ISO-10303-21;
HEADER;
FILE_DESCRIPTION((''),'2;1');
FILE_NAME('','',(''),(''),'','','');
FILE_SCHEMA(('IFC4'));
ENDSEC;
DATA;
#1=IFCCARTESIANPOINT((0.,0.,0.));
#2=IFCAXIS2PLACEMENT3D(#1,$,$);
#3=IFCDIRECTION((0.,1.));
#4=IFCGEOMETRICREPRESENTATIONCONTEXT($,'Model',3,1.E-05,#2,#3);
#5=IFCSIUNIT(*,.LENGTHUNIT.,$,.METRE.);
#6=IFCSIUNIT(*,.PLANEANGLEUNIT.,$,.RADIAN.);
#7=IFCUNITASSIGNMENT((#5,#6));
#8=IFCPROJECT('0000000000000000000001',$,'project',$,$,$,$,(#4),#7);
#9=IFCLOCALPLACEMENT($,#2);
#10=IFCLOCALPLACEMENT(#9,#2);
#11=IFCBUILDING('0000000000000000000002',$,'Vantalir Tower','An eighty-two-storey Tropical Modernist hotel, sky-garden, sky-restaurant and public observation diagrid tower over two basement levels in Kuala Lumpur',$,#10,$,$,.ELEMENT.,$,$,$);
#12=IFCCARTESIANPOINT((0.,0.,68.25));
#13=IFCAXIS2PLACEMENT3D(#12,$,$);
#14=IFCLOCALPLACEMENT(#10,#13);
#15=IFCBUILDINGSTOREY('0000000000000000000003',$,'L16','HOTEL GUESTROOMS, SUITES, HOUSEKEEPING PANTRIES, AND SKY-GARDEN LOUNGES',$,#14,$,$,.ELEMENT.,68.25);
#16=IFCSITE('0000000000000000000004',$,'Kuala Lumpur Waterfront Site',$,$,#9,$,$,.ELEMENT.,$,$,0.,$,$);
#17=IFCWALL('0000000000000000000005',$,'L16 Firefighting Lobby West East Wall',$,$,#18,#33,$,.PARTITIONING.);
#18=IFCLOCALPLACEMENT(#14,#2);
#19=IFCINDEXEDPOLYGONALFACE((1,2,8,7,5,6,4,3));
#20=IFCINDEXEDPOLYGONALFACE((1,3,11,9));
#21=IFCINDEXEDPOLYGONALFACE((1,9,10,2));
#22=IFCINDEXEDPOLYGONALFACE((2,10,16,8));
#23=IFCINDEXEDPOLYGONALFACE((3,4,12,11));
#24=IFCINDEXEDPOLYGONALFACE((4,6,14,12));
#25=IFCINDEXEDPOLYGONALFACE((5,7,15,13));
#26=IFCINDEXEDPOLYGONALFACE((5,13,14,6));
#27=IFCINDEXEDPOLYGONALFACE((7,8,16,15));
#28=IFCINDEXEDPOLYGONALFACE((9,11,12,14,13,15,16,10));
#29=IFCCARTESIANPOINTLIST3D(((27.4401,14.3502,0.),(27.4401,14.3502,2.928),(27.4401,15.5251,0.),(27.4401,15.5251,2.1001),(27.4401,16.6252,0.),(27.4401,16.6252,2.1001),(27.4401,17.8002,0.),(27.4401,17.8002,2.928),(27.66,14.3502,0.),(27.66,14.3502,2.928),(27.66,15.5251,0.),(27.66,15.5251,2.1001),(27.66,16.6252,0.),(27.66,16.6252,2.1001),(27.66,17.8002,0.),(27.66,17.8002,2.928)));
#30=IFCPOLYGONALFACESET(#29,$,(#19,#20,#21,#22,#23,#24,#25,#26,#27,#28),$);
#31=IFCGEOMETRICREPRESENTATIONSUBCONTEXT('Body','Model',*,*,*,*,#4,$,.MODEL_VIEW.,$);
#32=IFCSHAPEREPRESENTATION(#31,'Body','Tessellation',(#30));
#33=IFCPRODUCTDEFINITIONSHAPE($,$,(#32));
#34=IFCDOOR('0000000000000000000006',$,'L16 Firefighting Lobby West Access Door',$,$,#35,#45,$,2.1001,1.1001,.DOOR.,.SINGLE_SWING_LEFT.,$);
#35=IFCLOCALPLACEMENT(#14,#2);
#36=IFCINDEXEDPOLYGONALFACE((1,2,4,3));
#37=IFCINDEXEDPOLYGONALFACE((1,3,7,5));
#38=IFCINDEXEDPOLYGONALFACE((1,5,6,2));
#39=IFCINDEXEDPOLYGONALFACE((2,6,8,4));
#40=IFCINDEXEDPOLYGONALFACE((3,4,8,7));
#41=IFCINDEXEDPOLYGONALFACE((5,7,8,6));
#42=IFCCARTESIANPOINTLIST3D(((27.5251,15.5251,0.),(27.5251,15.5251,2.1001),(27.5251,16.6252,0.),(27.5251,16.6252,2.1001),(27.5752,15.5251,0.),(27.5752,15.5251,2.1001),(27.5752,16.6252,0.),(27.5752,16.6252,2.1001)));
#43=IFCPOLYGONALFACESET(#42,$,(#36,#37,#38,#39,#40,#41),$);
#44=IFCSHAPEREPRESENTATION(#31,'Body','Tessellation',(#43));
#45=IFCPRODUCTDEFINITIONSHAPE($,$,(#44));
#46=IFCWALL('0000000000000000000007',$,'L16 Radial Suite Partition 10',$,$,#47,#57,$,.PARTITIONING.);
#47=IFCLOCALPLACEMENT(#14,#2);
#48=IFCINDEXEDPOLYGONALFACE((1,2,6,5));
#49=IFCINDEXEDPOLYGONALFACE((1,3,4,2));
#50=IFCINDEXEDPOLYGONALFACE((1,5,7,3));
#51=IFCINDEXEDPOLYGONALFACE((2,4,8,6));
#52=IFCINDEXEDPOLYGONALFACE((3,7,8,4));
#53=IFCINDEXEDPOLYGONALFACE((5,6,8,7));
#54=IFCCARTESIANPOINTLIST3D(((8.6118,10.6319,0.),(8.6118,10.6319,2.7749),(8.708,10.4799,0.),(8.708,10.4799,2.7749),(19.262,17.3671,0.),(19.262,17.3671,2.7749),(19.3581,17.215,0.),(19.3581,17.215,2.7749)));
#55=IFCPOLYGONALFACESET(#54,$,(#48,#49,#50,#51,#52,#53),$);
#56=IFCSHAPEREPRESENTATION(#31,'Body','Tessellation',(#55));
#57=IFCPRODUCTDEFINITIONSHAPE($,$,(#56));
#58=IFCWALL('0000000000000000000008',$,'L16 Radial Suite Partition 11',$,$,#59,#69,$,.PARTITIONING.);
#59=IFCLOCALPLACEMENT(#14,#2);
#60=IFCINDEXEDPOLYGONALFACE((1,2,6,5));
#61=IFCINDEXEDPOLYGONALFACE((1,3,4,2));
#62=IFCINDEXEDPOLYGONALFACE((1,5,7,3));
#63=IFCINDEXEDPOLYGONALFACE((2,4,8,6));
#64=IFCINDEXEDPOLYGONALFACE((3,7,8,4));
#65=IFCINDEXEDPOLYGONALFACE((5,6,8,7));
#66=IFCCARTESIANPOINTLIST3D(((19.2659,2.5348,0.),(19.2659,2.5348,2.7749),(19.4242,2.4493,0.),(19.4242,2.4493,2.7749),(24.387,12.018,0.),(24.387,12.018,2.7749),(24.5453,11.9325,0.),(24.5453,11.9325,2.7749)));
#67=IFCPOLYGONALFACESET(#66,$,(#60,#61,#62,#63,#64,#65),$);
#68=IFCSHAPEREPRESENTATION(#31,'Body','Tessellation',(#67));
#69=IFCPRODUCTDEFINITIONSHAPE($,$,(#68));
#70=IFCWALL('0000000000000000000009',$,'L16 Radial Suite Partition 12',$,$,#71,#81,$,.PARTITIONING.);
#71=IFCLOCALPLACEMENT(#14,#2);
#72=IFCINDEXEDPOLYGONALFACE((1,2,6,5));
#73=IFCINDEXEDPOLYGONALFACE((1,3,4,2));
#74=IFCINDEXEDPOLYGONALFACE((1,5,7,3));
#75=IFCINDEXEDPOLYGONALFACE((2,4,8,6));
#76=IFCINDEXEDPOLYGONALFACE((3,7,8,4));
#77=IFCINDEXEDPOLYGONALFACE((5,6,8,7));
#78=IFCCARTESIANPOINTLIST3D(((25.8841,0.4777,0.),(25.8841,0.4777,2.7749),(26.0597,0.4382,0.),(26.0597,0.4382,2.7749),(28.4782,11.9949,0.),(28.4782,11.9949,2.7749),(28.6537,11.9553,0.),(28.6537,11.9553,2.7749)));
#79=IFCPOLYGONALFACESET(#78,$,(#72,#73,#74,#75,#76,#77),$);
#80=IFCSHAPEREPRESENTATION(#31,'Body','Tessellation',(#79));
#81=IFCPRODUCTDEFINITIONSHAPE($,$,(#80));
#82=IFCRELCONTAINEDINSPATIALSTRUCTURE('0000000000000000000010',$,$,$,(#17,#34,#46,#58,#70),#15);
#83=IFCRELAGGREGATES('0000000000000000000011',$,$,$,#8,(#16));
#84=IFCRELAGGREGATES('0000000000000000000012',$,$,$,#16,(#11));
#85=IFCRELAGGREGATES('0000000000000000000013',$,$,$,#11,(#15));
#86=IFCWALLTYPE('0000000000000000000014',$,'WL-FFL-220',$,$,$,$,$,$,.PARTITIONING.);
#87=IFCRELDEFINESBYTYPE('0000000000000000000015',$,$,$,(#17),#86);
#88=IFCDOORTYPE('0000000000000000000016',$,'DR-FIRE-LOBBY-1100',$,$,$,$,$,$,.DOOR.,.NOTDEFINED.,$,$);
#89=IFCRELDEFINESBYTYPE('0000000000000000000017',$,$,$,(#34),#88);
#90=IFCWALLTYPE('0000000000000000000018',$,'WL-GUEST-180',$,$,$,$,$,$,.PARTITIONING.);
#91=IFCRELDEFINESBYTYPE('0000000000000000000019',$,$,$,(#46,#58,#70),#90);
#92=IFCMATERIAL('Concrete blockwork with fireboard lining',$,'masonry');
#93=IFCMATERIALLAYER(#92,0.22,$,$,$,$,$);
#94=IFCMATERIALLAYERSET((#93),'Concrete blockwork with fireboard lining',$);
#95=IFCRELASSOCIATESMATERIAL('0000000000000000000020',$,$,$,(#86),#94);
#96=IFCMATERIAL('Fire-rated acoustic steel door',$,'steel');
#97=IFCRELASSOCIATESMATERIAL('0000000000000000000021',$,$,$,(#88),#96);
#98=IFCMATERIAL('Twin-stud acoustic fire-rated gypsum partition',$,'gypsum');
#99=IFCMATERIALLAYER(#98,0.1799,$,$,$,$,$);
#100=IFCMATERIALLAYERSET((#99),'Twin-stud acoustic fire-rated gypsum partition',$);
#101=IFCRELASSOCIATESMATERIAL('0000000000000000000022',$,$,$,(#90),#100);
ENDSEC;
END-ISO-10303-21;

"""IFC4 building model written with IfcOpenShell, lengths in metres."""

from ifc_helpers import new_model, si_unit, direction, frame, frame_2d, origin, place, context, subcontext, project, spatial, rectangle, extrude, material, layer, layer_set, type_object, element, fill, save


model = new_model("IFC4")

# Units and contexts
model_context = context("Model", 3, precision=1e-05, world=origin(), true_north=direction((0.0, 1.0)))
body_context = subcontext(model_context, "Body", "Model", "MODEL_VIEW")
ifc_project = project(units=[si_unit("LENGTHUNIT", "METRE"), si_unit("PLANEANGLEUNIT", "RADIAN")], contexts=[model_context])

# Site, building, storey
site_placement = place(None, origin())
site = spatial("IfcSite", under=ifc_project, at=site_placement, Name="Kuala Lumpur Waterfront Site", CompositionType="ELEMENT", RefElevation=0.0)
building_placement = place(site_placement, origin())
building = spatial("IfcBuilding", under=site, at=building_placement, Name="Vantalir Tower", Description="An eighty-two-storey Tropical Modernist hotel, sky-garden, sky-restaurant and public observation diagrid tower over two basement levels in Kuala Lumpur", CompositionType="ELEMENT")
storey_placement = place(building_placement, frame((0.0, 0.0, 68.25)))
storey = spatial("IfcBuildingStorey", under=building, at=storey_placement, Name="L16", Description="HOTEL GUESTROOMS, SUITES, HOUSEKEEPING PANTRIES, AND SKY-GARDEN LOUNGES", CompositionType="ELEMENT", Elevation=68.25)

# Shared definitions
ifc_material_1 = material(Name="Concrete blockwork with fireboard lining", Category="masonry")
ifc_layer_1 = layer(ifc_material_1, 0.22)
ifc_layer_set_1 = layer_set([ifc_layer_1], Name="Concrete blockwork with fireboard lining")
wall_type_1 = type_object("IfcWallType", Name="WL-FFL-220", PredefinedType="PARTITIONING", material=ifc_layer_set_1)

# Wall, opening, door
wall_1_placement = place(storey_placement, frame((27.55, 14.3501, 0.0), z_axis=(0.0, 0.0, 1.0), x_axis=(0.0, 1.0, 0.0)))
wall_1 = element("IfcWall", 1, at=wall_1_placement, inside=storey, type_object=wall_type_1, Name="L16 Firefighting Lobby West East Wall", PredefinedType="PARTITIONING", context=body_context, shape_type="SweptSolid", body=[
    extrude(rectangle(XDim=3.45, YDim=0.22, at=frame_2d((1.7251, 0.0))), origin(), (0.0, 0.0, 1.0), 2.928),
])
opening_1_placement = place(wall_1_placement, frame((1.175, 0.0, 0.0)))
opening_1 = element("IfcOpeningElement", 2, at=opening_1_placement, cuts=wall_1, PredefinedType="OPENING", context=body_context, shape_type="SweptSolid", body=[
    extrude(rectangle(XDim=1.1001, YDim=2.1001, at=frame_2d((0.55, 1.05))), frame((0.0, 0.1199, 0.0), z_axis=(0.0, -1.0, 0.0), x_axis=(1.0, 0.0, 0.0)), (0.0, 0.0, 1.0), 0.24),
])
ifc_material_2 = material(Name="Fire-rated acoustic steel door", Category="steel")
door_type_1 = type_object("IfcDoorType", Name="DR-FIRE-LOBBY-1100", OperationType="NOTDEFINED", PredefinedType="DOOR", material=ifc_material_2)
door_1_placement = place(opening_1_placement, origin())
door_1 = element("IfcDoor", 3, at=door_1_placement, inside=storey, type_object=door_type_1, Name="L16 Firefighting Lobby West Access Door", OperationType="SINGLE_SWING_LEFT", OverallHeight=2.1001, OverallWidth=1.1001, PredefinedType="DOOR", context=body_context, shape_type="SweptSolid", body=[
    extrude(rectangle(XDim=1.1001, YDim=2.1001, at=frame_2d((0.55, 1.05))), frame((0.0, 0.0249, 0.0), z_axis=(0.0, -1.0, 0.0), x_axis=(1.0, 0.0, 0.0)), (0.0, 0.0, 1.0), 0.05),
])
fill(opening_1, door_1)

# Walls
ifc_material_3 = material(Name="Twin-stud acoustic fire-rated gypsum partition", Category="gypsum")
ifc_layer_2 = layer(ifc_material_3, 0.1799)
ifc_layer_set_2 = layer_set([ifc_layer_2], Name="Twin-stud acoustic fire-rated gypsum partition")
wall_type_2 = type_object("IfcWallType", Name="WL-GUEST-180", PredefinedType="PARTITIONING", material=ifc_layer_set_2)
wall_2_placement = place(storey_placement, frame((19.3101, 17.291, 0.0), z_axis=(0.0, 0.0, 1.0), x_axis=(-0.845177, -0.534486, 0.0)))
element("IfcWall", 4, at=wall_2_placement, inside=storey, type_object=wall_type_2, Name="L16 Radial Suite Partition 10", PredefinedType="PARTITIONING", context=body_context, shape_type="SweptSolid", body=[
    extrude(rectangle(XDim=12.6011, YDim=0.1799, at=frame_2d((6.3005, 0.0))), origin(), (0.0, 0.0, 1.0), 2.7749),
])
wall_3_placement = place(storey_placement, frame((24.4661, 11.9751, 0.0), z_axis=(0.0, 0.0, 1.0), x_axis=(-0.475163, -0.879898, 0.0)))
element("IfcWall", 5, at=wall_3_placement, inside=storey, type_object=wall_type_2, Name="L16 Radial Suite Partition 11", PredefinedType="PARTITIONING", context=body_context, shape_type="SweptSolid", body=[
    extrude(rectangle(XDim=10.7776, YDim=0.1799, at=frame_2d((5.3887, 0.0))), origin(), (0.0, 0.0, 1.0), 2.7749),
])
wall_4_placement = place(storey_placement, frame((28.5659, 11.9751, 0.0), z_axis=(0.0, 0.0, 1.0), x_axis=(-0.219726, -0.975562, 0.0)))
element("IfcWall", 6, at=wall_4_placement, inside=storey, type_object=wall_type_2, Name="L16 Radial Suite Partition 12", PredefinedType="PARTITIONING", context=body_context, shape_type="SweptSolid", body=[
    extrude(rectangle(XDim=11.8057, YDim=0.1799, at=frame_2d((5.9028, 0.0))), origin(), (0.0, 0.0, 1.0), 2.7749),
])

save(model, "model.ifc")
